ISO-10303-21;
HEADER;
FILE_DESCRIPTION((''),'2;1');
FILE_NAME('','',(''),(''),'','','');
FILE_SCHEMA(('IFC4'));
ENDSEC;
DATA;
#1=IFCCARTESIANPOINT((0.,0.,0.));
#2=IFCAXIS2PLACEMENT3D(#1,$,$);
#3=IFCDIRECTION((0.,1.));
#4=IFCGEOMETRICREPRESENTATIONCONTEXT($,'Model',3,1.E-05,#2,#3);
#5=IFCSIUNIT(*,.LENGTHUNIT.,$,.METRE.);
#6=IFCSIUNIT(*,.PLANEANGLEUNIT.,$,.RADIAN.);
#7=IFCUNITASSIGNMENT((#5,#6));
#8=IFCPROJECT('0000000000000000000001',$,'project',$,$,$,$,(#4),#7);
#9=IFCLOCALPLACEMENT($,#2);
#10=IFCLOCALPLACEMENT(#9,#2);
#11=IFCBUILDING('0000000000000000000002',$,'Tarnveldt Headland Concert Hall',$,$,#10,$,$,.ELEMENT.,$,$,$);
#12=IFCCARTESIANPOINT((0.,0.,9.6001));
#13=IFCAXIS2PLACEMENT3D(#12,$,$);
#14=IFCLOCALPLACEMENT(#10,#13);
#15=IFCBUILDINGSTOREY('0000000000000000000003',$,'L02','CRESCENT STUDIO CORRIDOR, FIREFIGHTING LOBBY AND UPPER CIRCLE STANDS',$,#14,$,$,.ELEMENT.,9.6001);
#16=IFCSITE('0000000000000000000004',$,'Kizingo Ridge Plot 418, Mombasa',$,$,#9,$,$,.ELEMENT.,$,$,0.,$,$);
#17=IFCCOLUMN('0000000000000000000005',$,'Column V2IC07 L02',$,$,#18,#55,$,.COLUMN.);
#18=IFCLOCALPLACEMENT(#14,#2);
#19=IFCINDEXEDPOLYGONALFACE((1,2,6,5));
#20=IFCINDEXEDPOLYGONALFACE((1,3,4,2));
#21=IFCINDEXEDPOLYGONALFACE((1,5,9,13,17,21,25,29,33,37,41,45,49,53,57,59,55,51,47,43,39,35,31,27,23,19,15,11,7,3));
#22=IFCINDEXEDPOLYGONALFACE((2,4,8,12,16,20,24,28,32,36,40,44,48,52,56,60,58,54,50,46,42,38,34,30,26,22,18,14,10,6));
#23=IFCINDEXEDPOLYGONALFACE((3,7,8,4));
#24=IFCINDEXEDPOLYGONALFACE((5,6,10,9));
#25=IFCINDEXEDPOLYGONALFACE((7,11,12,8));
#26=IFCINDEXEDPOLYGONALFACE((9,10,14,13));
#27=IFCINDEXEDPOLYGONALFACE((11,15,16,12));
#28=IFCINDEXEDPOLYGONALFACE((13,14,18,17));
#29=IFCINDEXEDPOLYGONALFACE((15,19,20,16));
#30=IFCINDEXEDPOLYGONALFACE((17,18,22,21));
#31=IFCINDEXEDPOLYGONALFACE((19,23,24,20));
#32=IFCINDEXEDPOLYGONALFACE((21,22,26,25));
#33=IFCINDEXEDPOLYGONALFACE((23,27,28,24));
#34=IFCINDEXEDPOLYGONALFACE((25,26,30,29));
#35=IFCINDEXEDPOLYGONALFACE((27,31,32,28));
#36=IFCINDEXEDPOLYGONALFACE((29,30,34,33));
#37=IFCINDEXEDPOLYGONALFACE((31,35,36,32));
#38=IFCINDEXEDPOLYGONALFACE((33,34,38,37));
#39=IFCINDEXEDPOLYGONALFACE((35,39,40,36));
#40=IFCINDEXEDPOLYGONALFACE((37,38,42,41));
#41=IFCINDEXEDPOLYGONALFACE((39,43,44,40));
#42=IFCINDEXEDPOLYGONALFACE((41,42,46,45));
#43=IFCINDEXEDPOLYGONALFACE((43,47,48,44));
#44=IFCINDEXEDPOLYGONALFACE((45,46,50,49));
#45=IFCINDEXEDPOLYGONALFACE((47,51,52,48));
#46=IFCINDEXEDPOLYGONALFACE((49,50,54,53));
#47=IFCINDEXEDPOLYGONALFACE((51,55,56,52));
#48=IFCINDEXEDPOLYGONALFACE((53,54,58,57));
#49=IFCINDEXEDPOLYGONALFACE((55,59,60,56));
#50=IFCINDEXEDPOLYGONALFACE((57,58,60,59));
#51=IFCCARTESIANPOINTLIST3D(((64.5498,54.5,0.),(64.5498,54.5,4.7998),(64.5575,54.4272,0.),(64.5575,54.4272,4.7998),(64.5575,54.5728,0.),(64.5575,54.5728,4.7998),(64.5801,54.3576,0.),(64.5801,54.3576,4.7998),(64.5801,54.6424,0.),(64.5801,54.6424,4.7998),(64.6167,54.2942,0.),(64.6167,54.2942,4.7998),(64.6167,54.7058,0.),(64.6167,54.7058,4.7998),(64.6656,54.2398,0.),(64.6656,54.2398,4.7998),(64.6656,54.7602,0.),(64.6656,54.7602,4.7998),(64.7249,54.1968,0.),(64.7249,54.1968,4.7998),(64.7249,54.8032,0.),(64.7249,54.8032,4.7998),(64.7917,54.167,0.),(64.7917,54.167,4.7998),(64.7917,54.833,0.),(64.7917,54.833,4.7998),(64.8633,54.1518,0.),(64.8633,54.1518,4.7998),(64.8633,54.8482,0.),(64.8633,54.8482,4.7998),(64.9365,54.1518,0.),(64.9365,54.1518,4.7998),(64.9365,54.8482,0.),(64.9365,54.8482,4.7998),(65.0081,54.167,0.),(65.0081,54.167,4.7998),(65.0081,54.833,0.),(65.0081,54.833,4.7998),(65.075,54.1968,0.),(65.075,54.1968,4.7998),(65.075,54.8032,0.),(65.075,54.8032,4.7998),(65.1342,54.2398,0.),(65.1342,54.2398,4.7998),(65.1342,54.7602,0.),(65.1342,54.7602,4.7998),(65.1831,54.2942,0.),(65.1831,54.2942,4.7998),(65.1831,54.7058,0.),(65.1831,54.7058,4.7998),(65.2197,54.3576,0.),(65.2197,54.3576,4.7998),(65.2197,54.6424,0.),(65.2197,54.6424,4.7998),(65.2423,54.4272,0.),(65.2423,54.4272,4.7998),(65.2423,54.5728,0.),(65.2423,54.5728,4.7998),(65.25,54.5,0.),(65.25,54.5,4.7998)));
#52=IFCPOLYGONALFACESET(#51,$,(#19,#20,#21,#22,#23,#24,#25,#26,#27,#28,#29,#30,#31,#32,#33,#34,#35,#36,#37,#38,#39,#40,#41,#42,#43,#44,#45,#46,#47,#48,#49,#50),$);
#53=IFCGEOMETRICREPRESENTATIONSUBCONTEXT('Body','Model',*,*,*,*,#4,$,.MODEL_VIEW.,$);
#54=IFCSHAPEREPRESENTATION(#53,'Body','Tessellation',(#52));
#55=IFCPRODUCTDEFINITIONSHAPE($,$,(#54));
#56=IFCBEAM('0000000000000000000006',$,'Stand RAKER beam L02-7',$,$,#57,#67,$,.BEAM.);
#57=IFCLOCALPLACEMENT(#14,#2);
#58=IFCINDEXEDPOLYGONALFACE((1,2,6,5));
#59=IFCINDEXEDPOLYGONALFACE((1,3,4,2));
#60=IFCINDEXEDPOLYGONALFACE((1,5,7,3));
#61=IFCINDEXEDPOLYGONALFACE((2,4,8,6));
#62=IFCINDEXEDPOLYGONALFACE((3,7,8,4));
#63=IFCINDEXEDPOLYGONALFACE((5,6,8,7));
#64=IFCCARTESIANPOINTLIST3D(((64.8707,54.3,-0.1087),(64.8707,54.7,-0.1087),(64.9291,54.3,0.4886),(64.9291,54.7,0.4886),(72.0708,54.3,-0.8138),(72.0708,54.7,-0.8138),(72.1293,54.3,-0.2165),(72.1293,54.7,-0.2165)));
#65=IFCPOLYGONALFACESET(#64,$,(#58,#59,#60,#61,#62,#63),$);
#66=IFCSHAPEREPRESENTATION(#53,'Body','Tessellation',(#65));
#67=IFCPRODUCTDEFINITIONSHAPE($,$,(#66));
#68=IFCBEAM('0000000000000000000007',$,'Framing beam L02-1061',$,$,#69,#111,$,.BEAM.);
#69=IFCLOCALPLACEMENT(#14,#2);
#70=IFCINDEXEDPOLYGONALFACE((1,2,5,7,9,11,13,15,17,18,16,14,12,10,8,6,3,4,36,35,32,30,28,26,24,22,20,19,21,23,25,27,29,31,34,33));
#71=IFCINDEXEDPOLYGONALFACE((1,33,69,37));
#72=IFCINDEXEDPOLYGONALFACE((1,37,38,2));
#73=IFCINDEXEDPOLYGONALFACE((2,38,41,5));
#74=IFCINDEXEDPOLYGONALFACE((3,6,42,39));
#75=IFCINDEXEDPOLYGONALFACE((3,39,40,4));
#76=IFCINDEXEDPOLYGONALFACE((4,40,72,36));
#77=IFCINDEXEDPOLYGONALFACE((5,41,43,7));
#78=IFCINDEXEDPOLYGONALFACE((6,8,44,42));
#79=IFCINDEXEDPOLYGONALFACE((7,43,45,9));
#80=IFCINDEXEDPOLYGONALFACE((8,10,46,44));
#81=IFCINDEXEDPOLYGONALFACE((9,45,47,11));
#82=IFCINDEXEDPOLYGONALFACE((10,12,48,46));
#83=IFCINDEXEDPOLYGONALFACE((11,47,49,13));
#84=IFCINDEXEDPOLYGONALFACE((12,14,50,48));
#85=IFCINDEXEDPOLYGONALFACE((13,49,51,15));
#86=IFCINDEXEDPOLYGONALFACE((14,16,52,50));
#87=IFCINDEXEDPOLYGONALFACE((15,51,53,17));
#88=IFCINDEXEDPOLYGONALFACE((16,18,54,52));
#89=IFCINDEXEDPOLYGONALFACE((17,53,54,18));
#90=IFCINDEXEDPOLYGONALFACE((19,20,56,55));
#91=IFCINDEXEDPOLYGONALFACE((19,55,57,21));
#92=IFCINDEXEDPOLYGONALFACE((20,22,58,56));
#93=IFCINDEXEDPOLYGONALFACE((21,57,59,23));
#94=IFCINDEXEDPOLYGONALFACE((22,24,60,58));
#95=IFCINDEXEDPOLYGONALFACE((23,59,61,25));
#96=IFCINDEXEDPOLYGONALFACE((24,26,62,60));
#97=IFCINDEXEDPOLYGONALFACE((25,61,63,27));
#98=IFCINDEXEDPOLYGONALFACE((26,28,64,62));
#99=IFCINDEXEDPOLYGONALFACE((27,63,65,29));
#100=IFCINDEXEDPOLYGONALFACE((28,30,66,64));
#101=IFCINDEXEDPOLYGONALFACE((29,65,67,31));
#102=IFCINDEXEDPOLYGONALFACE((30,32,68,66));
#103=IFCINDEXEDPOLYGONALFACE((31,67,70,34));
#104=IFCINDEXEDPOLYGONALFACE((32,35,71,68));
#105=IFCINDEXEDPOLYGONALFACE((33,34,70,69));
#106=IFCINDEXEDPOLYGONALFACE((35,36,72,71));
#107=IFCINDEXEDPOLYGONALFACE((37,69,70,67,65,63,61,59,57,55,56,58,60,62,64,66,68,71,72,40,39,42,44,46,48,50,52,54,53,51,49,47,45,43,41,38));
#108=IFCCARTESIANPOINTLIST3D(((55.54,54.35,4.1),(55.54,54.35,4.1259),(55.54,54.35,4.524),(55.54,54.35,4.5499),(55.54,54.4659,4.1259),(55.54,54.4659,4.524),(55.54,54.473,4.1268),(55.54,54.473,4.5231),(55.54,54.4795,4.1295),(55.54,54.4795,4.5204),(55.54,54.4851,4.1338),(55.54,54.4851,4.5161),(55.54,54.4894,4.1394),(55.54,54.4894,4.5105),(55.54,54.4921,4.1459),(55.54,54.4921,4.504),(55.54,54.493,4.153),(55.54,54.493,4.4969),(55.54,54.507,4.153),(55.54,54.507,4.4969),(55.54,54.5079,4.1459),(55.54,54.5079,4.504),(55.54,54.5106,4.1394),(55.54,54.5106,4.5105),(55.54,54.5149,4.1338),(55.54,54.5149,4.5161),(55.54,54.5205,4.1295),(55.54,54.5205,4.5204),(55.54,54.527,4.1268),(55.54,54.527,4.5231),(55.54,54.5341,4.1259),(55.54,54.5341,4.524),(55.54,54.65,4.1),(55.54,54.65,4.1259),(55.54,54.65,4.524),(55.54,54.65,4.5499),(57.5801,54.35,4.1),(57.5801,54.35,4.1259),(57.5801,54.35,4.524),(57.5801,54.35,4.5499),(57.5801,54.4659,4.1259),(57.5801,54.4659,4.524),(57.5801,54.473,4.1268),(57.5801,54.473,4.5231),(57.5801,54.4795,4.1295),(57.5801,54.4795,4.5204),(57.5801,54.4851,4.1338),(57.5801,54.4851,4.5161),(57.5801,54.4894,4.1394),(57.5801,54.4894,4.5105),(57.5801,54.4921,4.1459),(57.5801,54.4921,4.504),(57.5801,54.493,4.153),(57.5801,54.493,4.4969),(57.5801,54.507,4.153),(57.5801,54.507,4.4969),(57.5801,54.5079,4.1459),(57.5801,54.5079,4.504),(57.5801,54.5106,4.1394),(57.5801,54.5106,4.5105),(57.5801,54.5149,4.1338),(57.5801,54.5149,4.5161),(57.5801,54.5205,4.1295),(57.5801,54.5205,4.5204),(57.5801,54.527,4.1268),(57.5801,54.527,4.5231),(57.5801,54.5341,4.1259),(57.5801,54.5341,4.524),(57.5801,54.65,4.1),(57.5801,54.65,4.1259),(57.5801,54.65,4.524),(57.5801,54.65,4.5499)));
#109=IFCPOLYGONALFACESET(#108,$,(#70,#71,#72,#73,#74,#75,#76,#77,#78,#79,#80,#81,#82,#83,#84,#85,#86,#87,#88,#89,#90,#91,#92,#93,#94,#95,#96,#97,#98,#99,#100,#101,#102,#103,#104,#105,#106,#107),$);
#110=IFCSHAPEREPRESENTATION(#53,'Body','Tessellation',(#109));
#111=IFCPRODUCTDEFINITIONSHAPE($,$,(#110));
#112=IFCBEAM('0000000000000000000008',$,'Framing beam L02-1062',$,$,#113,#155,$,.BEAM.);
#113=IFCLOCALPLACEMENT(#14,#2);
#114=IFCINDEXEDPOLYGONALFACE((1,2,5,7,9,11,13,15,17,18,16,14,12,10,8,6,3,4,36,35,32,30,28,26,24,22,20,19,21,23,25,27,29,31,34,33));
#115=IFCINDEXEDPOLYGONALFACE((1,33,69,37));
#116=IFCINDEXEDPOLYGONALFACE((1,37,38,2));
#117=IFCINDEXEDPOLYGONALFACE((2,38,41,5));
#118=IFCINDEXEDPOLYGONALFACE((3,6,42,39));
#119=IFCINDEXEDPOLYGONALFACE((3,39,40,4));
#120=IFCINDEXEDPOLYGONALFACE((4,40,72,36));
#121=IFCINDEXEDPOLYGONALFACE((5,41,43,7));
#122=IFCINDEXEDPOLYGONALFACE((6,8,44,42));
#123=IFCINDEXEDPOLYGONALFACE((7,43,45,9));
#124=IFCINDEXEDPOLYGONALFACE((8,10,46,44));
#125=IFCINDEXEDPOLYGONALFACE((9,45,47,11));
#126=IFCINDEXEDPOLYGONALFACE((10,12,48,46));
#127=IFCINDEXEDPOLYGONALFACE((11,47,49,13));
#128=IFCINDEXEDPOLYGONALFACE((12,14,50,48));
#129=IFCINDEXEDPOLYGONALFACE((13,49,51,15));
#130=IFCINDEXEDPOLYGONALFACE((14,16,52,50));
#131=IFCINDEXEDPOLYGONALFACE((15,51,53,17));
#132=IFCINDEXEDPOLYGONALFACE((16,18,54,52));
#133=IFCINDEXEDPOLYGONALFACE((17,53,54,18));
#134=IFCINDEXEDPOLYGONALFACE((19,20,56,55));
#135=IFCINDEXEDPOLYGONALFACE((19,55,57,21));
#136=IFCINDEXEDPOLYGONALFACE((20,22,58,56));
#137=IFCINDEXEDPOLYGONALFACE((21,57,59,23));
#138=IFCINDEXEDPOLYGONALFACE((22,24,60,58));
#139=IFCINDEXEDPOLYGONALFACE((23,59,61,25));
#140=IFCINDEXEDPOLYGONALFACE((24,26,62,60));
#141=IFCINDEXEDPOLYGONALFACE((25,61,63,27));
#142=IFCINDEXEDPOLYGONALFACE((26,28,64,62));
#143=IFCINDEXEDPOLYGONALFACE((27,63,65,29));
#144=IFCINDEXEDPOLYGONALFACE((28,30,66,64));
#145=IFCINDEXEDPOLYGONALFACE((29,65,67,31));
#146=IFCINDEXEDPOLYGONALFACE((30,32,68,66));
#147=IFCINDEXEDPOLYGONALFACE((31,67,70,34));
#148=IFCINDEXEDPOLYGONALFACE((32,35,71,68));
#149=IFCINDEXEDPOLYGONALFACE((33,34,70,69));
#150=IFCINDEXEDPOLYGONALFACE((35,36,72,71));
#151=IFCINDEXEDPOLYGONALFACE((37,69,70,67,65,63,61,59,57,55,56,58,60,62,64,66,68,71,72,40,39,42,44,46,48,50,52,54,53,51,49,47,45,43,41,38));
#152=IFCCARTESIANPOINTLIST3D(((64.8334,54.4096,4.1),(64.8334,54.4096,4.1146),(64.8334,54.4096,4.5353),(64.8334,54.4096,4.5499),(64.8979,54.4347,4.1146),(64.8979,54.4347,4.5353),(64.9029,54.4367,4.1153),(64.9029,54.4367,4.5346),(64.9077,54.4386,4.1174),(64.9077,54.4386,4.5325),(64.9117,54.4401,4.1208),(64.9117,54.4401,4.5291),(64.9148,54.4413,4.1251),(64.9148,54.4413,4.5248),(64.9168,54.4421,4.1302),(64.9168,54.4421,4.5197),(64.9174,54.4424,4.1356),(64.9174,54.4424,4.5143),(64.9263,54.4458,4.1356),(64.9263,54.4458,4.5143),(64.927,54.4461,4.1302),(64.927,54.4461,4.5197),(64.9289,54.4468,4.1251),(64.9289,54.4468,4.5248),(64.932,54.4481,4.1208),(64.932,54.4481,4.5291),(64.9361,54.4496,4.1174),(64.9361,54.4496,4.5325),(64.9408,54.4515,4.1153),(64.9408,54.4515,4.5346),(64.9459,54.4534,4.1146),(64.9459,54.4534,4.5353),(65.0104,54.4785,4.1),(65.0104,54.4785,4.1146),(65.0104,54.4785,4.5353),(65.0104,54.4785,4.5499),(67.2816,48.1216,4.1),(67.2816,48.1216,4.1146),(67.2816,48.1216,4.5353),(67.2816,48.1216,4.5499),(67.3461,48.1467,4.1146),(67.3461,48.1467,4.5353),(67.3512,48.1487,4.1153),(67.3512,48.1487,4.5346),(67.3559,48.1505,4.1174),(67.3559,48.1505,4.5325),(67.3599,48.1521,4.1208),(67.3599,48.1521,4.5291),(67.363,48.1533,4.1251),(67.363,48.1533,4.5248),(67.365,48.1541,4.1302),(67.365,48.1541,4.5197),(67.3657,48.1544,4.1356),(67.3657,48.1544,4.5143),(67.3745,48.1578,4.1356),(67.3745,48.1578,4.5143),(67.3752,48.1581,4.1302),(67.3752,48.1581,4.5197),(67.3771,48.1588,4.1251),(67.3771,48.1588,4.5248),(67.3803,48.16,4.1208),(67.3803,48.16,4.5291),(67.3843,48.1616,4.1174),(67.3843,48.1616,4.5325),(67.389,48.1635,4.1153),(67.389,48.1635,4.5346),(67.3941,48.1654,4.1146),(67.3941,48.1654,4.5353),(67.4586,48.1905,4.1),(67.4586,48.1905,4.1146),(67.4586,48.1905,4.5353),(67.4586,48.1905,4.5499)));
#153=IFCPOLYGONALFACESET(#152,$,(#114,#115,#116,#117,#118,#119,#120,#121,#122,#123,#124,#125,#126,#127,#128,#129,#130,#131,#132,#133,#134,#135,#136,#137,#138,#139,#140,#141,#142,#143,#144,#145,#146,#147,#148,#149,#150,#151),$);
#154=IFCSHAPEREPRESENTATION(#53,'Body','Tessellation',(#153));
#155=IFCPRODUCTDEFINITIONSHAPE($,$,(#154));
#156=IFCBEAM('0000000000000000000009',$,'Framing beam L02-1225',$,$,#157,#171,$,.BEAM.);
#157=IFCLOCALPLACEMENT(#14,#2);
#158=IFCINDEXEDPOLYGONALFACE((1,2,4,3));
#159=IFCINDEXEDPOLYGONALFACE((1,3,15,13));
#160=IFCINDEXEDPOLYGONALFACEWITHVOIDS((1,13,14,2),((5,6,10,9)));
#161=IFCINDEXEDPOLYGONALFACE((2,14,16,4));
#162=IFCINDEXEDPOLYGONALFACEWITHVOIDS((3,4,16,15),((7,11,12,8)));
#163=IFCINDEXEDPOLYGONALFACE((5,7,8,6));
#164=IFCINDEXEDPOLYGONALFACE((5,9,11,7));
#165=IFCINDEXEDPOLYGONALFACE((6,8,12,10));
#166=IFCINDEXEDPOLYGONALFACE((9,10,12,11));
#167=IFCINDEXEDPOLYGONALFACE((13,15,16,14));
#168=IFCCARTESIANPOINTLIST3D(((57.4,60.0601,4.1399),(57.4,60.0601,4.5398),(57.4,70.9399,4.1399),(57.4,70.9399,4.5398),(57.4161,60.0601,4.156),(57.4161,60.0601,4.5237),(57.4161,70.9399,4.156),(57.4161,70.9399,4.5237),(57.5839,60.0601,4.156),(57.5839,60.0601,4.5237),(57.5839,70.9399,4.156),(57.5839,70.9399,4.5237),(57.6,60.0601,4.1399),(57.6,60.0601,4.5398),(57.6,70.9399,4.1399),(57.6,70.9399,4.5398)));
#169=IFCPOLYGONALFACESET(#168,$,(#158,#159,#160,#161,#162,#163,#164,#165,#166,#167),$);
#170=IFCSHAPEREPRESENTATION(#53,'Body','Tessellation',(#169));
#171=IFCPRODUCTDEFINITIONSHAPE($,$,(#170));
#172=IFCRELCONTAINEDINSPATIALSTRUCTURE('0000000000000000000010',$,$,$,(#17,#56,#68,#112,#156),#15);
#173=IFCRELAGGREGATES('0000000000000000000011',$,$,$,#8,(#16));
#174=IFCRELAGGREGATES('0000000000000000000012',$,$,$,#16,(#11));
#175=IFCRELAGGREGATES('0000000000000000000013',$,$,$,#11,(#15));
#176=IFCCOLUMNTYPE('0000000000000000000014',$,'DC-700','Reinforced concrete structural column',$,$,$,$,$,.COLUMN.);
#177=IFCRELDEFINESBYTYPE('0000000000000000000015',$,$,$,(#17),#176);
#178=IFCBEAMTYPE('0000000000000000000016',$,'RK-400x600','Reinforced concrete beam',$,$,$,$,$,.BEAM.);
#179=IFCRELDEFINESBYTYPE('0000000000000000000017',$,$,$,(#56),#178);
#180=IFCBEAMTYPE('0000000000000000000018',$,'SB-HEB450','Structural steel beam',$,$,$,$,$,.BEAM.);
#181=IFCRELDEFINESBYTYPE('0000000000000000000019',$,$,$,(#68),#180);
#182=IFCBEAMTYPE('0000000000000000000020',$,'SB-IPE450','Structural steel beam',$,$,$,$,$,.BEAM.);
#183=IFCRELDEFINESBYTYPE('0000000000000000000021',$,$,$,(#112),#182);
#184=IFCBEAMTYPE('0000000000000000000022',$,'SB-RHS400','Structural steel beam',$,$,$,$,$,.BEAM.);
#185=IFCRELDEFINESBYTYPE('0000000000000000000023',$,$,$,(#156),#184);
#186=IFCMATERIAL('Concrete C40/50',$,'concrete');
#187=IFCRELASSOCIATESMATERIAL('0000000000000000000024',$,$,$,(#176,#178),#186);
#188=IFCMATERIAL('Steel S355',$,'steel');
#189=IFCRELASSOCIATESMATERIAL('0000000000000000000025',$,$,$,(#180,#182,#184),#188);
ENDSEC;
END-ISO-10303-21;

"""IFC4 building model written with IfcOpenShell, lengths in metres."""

from ifc_helpers import new_model, si_unit, direction, frame, origin, origin_2d, place, context, subcontext, project, spatial, rectangle, hollow_rectangle, circle, i_section, extrude, material, material_profile, profile_set, type_object, element, save


model = new_model("IFC4")

# Units and contexts
model_context = context("Model", 3, precision=1e-05, world=origin(), true_north=direction((0.0, 1.0)))
body_context = subcontext(model_context, "Body", "Model", "MODEL_VIEW")
ifc_project = project(units=[si_unit("LENGTHUNIT", "METRE"), si_unit("PLANEANGLEUNIT", "RADIAN")], contexts=[model_context])

# Site, building, storey
site_placement = place(None, origin())
site = spatial("IfcSite", under=ifc_project, at=site_placement, Name="Kizingo Ridge Plot 418, Mombasa", CompositionType="ELEMENT", RefElevation=0.0)
building_placement = place(site_placement, origin())
building = spatial("IfcBuilding", under=site, at=building_placement, Name="Tarnveldt Headland Concert Hall", CompositionType="ELEMENT")
storey_placement = place(building_placement, frame((0.0, 0.0, 9.6001)))
storey = spatial("IfcBuildingStorey", under=building, at=storey_placement, Name="L02", Description="CRESCENT STUDIO CORRIDOR, FIREFIGHTING LOBBY AND UPPER CIRCLE STANDS", CompositionType="ELEMENT", Elevation=9.6001)

# Column
ifc_material_1 = material(Name="Concrete C40/50", Category="concrete")
ifc_material_profile_1 = material_profile(ifc_material_1, circle(Radius=0.3501, at=origin_2d()), Name="RC D700", Category="concrete")
ifc_profile_set_1 = profile_set([ifc_material_profile_1], Name="Concrete C40/50")
column_type = type_object("IfcColumnType", Name="DC-700", Description="Reinforced concrete structural column", PredefinedType="COLUMN", material=ifc_profile_set_1)
column_placement = place(storey_placement, frame((64.8999, 54.5, 0.0), z_axis=(0.0, 0.0, 1.0), x_axis=(-1.0, 0.0, 0.0)))
element("IfcColumn", 1, at=column_placement, inside=storey, type_object=column_type, Name="Column V2IC07 L02", PredefinedType="COLUMN", context=body_context, shape_type="SweptSolid", body=[
    extrude(circle(Radius=0.3501, at=origin_2d()), origin(), (0.0, 0.0, 1.0), 4.7998),
])

# Beams
ifc_material_profile_2 = material_profile(ifc_material_1, rectangle(XDim=0.3999, YDim=0.6001, at=origin_2d()), Name="RAKER RC 400x600", Category="concrete")
ifc_profile_set_2 = profile_set([ifc_material_profile_2], Name="Concrete C40/50")
beam_type_1 = type_object("IfcBeamType", Name="RK-400x600", Description="Reinforced concrete beam", PredefinedType="BEAM", material=ifc_profile_set_2)
beam_1_placement = place(storey_placement, frame((64.8999, 54.5, 0.1899), z_axis=(0.99524, 0.0, -0.097459), x_axis=(0.0, 1.0, 0.0)))
element("IfcBeam", 2, at=beam_1_placement, inside=storey, type_object=beam_type_1, Name="Stand RAKER beam L02-7", PredefinedType="BEAM", context=body_context, shape_type="SweptSolid", body=[
    extrude(rectangle(XDim=0.3999, YDim=0.6001, at=origin_2d()), origin(), (0.0, 0.0, 1.0), 7.2346),
])
ifc_material_2 = material(Name="Steel S355", Category="steel")
ifc_material_profile_3 = material_profile(ifc_material_2, i_section(OverallWidth=0.3, OverallDepth=0.45, WebThickness=0.0139, FlangeThickness=0.0259, FilletRadius=0.0271, at=origin_2d()), Name="HEB450", Category="steel")
ifc_profile_set_3 = profile_set([ifc_material_profile_3], Name="Steel S355")
beam_type_2 = type_object("IfcBeamType", Name="SB-HEB450", Description="Structural steel beam", PredefinedType="BEAM", material=ifc_profile_set_3)
beam_2_placement = place(storey_placement, frame((57.5801, 54.5, 4.325), z_axis=(-1.0, 0.0, 0.0), x_axis=(0.0, -1.0, 0.0)))
element("IfcBeam", 3, at=beam_2_placement, inside=storey, type_object=beam_type_2, Name="Framing beam L02-1061", PredefinedType="BEAM", context=body_context, shape_type="SweptSolid", body=[
    extrude(i_section(OverallWidth=0.3, OverallDepth=0.45, WebThickness=0.0139, FlangeThickness=0.0259, FilletRadius=0.0271, at=origin_2d()), origin(), (0.0, 0.0, 1.0), 2.04),
])
ifc_material_profile_4 = material_profile(ifc_material_2, i_section(OverallWidth=0.1899, OverallDepth=0.45, WebThickness=0.0095, FlangeThickness=0.0146, FilletRadius=0.021, at=origin_2d()), Name="IPE450", Category="steel")
ifc_profile_set_4 = profile_set([ifc_material_profile_4], Name="Steel S355")
beam_type_3 = type_object("IfcBeamType", Name="SB-IPE450", Description="Structural steel beam", PredefinedType="BEAM", material=ifc_profile_set_4)
beam_3_placement = place(storey_placement, frame((64.9219, 54.4441, 4.325), z_axis=(0.362816, -0.931861, 0.0), x_axis=(0.931861, 0.362816, 0.0)))
element("IfcBeam", 4, at=beam_3_placement, inside=storey, type_object=beam_type_3, Name="Framing beam L02-1062", PredefinedType="BEAM", context=body_context, shape_type="SweptSolid", body=[
    extrude(i_section(OverallWidth=0.1899, OverallDepth=0.45, WebThickness=0.0095, FlangeThickness=0.0146, FilletRadius=0.021, at=origin_2d()), origin(), (0.0, 0.0, 1.0), 6.7478),
])
ifc_material_profile_5 = material_profile(ifc_material_2, hollow_rectangle(XDim=0.2, YDim=0.3999, WallThickness=0.0161, at=origin_2d()), Name="RHS 400x200x16", Category="steel")
ifc_profile_set_5 = profile_set([ifc_material_profile_5], Name="Steel S355")
beam_type_4 = type_object("IfcBeamType", Name="SB-RHS400", Description="Structural steel beam", PredefinedType="BEAM", material=ifc_profile_set_5)
beam_4_placement = place(storey_placement, frame((57.5, 60.0601, 4.3398), z_axis=(0.0, 1.0, 0.0), x_axis=(-1.0, 0.0, 0.0)))
element("IfcBeam", 5, at=beam_4_placement, inside=storey, type_object=beam_type_4, Name="Framing beam L02-1225", PredefinedType="BEAM", context=body_context, shape_type="SweptSolid", body=[
    extrude(hollow_rectangle(XDim=0.2, YDim=0.3999, WallThickness=0.0161, at=origin_2d()), origin(), (0.0, 0.0, 1.0), 10.8799),
])

save(model, "model.ifc")
